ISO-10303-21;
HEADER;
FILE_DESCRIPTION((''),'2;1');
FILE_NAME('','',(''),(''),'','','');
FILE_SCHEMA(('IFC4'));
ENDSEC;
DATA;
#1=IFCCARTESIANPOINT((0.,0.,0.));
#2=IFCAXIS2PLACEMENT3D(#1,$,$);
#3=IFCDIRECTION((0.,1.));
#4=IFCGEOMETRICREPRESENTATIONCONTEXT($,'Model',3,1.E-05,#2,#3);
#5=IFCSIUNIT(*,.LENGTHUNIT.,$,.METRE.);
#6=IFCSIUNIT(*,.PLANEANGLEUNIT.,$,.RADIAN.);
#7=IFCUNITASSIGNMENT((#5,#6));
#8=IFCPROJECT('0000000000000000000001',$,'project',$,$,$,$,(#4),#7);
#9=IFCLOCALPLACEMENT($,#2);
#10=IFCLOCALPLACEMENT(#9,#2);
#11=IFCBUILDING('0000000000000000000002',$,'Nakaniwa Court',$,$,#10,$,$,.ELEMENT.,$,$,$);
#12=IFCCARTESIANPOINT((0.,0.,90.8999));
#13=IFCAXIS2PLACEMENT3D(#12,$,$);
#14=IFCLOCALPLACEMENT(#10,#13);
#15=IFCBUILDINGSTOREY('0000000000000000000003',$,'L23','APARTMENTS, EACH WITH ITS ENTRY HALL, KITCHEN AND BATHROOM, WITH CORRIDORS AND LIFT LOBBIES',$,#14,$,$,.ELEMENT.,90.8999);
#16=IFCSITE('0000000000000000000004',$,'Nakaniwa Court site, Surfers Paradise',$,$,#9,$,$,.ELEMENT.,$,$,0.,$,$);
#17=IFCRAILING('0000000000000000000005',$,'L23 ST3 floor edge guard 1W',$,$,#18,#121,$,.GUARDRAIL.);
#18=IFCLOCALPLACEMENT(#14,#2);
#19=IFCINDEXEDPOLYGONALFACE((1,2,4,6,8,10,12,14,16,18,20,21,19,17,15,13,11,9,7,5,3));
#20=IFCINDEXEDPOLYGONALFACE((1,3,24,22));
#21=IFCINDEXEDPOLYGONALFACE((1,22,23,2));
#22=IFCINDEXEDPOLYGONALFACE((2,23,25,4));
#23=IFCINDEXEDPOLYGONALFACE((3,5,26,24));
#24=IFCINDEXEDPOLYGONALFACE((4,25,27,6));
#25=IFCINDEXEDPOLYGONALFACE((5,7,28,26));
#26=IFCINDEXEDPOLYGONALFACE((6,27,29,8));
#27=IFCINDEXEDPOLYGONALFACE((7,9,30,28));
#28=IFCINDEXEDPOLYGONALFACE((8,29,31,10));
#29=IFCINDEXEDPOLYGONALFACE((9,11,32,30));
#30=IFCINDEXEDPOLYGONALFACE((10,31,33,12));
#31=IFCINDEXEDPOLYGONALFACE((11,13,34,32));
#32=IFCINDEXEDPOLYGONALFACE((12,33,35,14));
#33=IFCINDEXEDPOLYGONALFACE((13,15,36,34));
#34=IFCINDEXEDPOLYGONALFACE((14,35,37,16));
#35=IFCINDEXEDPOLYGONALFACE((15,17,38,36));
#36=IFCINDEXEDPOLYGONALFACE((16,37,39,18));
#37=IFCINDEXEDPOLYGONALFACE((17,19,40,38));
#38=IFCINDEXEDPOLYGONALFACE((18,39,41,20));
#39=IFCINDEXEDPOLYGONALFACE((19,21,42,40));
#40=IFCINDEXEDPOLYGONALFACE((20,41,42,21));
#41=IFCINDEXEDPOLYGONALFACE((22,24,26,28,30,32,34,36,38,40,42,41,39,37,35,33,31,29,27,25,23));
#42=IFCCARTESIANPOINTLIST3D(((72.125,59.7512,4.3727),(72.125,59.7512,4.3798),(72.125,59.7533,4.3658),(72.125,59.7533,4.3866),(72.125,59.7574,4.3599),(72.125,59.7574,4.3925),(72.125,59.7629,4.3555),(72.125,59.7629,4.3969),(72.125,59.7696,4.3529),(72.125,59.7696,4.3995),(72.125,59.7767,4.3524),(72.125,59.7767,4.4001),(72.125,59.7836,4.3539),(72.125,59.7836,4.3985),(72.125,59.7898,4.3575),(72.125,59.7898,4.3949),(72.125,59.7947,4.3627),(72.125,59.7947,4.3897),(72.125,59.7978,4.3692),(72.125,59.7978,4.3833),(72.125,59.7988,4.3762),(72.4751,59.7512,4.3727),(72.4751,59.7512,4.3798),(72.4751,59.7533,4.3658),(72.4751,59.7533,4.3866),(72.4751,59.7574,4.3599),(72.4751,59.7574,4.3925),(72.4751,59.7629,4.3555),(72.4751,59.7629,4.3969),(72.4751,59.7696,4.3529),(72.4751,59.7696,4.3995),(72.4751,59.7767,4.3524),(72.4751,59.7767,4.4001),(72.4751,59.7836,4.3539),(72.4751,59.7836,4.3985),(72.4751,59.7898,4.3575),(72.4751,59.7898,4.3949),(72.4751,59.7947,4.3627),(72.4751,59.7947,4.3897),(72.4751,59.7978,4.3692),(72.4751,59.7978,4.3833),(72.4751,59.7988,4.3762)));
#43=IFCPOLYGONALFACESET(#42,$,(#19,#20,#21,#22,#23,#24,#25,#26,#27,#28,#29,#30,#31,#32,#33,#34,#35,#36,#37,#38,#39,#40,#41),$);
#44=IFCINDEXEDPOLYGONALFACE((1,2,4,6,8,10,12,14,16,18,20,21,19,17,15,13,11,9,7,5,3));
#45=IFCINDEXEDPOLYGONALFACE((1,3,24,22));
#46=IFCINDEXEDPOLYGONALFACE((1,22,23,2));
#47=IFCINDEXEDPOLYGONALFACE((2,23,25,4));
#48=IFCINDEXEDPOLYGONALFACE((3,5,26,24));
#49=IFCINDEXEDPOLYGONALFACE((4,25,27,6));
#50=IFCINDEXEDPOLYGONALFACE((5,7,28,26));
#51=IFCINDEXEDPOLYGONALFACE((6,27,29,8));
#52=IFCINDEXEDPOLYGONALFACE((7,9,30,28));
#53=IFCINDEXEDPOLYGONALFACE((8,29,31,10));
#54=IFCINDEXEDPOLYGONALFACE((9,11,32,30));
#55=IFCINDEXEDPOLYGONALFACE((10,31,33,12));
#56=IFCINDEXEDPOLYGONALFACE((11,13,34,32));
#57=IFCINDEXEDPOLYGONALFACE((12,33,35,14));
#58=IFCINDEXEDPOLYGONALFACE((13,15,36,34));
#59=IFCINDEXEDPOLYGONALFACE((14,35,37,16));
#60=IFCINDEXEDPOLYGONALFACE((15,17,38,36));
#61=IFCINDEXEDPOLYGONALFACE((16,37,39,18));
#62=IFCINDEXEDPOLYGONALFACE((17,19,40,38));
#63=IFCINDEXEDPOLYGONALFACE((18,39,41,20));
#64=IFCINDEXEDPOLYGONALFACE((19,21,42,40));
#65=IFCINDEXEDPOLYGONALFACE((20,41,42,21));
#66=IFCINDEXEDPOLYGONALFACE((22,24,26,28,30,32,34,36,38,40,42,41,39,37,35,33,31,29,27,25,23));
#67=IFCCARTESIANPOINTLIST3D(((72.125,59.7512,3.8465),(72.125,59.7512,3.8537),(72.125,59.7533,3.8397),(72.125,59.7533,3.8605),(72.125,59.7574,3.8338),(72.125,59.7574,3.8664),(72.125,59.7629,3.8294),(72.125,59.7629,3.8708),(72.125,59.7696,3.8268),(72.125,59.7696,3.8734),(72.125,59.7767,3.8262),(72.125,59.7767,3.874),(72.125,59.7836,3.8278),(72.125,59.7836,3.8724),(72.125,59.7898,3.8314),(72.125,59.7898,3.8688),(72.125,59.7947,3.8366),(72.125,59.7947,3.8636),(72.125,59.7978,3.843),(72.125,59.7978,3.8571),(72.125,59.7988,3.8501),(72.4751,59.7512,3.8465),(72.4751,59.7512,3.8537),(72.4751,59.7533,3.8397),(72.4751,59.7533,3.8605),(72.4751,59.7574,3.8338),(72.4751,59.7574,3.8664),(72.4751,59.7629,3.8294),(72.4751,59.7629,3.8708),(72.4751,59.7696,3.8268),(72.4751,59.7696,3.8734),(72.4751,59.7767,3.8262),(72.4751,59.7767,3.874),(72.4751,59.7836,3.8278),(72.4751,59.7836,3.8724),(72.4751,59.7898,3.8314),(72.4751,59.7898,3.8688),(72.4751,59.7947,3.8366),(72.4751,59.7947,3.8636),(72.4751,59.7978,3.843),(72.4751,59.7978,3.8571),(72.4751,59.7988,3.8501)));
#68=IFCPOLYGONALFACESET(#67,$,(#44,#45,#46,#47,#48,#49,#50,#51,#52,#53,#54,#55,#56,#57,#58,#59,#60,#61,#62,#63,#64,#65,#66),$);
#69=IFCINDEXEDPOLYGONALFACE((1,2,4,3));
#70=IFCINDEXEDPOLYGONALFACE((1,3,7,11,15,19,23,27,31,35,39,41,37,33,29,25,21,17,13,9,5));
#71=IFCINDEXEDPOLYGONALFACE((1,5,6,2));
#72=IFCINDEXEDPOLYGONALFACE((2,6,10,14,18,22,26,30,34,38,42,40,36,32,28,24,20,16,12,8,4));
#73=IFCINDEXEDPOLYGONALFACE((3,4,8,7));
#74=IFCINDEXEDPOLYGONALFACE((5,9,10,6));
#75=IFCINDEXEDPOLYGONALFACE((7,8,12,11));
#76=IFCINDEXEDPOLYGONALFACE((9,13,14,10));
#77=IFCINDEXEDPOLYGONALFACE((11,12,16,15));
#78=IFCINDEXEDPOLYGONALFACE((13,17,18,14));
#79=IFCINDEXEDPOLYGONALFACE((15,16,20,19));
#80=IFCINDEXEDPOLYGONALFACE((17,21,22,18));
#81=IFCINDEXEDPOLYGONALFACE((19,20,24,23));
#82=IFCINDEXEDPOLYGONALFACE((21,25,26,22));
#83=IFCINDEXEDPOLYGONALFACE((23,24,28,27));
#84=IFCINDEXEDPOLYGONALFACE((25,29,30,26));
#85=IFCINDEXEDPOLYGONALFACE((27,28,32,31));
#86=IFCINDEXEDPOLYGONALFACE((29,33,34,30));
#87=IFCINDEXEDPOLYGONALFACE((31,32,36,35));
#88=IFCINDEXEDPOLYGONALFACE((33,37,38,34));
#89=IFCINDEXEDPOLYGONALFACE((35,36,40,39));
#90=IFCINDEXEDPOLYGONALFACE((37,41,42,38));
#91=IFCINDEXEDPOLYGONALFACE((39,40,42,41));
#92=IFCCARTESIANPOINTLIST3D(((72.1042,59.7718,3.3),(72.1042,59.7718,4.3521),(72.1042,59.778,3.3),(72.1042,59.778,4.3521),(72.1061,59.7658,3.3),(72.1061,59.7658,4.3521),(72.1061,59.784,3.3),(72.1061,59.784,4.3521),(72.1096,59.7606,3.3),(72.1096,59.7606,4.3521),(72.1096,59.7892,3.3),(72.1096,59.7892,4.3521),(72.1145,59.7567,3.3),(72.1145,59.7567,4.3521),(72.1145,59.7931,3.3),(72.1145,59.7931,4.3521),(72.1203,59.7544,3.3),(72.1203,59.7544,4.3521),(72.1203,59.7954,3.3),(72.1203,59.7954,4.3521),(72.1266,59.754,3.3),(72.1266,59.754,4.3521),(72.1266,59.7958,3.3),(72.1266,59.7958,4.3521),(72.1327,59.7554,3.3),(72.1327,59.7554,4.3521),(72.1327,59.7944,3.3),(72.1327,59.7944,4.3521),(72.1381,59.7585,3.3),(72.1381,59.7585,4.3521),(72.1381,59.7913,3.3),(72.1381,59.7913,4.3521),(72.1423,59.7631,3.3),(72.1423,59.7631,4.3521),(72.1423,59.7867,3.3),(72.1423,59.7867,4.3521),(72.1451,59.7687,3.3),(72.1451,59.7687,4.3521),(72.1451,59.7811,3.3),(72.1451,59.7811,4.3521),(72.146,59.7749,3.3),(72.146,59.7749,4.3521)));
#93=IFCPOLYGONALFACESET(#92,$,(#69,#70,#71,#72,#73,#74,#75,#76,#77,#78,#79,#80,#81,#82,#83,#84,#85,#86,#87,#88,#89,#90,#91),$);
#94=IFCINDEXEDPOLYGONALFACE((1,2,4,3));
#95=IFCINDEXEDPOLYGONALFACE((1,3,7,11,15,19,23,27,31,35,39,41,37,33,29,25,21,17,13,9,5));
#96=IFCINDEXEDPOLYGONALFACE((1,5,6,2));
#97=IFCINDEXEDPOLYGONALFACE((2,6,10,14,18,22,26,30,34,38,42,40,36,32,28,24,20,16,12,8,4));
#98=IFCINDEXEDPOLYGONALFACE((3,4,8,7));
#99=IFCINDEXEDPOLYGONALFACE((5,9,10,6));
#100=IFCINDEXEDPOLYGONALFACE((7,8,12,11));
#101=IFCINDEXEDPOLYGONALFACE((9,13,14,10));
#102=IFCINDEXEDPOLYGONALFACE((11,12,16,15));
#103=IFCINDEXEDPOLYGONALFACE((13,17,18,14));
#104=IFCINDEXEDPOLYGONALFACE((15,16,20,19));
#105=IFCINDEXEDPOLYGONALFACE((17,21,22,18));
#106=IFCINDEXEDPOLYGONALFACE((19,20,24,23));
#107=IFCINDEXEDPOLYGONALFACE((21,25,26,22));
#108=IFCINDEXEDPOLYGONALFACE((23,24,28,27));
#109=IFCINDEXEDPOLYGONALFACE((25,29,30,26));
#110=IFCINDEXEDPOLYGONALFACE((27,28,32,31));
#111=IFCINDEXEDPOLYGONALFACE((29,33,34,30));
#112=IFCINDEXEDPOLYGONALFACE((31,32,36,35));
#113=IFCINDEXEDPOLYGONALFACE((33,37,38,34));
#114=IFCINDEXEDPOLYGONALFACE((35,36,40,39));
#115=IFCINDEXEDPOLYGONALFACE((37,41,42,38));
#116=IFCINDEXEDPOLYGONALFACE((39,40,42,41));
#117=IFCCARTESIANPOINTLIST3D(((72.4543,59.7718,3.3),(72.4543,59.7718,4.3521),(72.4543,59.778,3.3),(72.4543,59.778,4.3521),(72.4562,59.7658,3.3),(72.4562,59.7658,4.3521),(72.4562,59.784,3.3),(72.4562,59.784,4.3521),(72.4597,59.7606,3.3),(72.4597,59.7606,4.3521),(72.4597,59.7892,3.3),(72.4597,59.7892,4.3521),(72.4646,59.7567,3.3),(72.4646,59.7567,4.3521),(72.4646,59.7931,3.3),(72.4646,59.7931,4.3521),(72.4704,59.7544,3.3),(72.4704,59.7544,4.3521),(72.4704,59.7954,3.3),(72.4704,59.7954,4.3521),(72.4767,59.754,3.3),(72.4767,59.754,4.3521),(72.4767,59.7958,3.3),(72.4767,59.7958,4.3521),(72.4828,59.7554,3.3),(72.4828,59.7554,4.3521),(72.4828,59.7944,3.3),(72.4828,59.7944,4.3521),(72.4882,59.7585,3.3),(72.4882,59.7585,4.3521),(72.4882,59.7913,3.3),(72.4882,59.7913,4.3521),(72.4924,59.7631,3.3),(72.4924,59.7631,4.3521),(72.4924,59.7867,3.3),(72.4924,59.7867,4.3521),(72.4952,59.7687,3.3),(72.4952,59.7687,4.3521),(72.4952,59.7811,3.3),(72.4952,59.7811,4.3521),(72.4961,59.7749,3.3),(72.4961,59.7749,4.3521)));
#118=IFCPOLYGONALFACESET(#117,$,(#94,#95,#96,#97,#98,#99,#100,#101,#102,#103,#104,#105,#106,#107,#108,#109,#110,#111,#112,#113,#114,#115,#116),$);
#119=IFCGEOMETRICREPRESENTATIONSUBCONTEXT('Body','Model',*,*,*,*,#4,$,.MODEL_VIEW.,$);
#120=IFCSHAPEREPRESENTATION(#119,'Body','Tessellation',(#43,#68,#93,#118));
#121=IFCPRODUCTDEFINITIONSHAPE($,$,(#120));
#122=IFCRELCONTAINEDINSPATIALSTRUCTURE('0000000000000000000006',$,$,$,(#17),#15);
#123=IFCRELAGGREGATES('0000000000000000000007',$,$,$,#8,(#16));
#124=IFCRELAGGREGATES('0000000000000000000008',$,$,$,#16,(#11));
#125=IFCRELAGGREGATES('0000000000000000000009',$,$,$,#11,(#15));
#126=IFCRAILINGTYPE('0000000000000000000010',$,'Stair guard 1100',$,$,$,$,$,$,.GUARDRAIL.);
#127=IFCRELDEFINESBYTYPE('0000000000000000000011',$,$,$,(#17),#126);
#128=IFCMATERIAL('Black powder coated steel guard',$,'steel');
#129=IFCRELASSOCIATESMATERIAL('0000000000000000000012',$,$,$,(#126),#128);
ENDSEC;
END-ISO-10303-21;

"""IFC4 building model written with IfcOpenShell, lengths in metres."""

from ifc_helpers import new_model, si_unit, direction, frame, origin, origin_2d, place, context, subcontext, project, spatial, circle, extrude, material, type_object, element, save


model = new_model("IFC4")

# Units and contexts
model_context = context("Model", 3, precision=1e-05, world=origin(), true_north=direction((0.0, 1.0)))
body_context = subcontext(model_context, "Body", "Model", "MODEL_VIEW")
ifc_project = project(units=[si_unit("LENGTHUNIT", "METRE"), si_unit("PLANEANGLEUNIT", "RADIAN")], contexts=[model_context])

# Site, building, storey
site_placement = place(None, origin())
site = spatial("IfcSite", under=ifc_project, at=site_placement, Name="Nakaniwa Court site, Surfers Paradise", CompositionType="ELEMENT", RefElevation=0.0)
building_placement = place(site_placement, origin())
building = spatial("IfcBuilding", under=site, at=building_placement, Name="Nakaniwa Court", CompositionType="ELEMENT")
storey_placement = place(building_placement, frame((0.0, 0.0, 90.8999)))
storey = spatial("IfcBuildingStorey", under=building, at=storey_placement, Name="L23", Description="APARTMENTS, EACH WITH ITS ENTRY HALL, KITCHEN AND BATHROOM, WITH CORRIDORS AND LIFT LOBBIES", CompositionType="ELEMENT", Elevation=90.8999)

# Railing
ifc_material_1 = material(Name="Black powder coated steel guard", Category="steel")
railing_type_1 = type_object("IfcRailingType", Name="Stair guard 1100", PredefinedType="GUARDRAIL", material=ifc_material_1)
for number, where, name in (
    (1, (72.125, 59.7749, 3.3), "L23 ST3 floor edge guard 1W"),
):
    element("IfcRailing", number, at=place(storey_placement, frame(where)), inside=storey, type_object=railing_type_1, Name=name, PredefinedType="GUARDRAIL", context=body_context, shape_type="SweptSolid", body=[
        extrude(circle(Radius=0.0239, at=origin_2d()), frame((0.0, 0.0, 1.0762), z_axis=(1.0, 0.0, 0.0), x_axis=(0.0, 1.0, 0.0)), (0.0, 0.0, 1.0), 0.3501),
        extrude(circle(Radius=0.0239, at=origin_2d()), frame((0.0, 0.0, 0.55), z_axis=(1.0, 0.0, 0.0), x_axis=(0.0, 1.0, 0.0)), (0.0, 0.0, 1.0), 0.3501),
        extrude(circle(Radius=0.021, at=origin_2d()), origin(), (0.0, 0.0, 1.0), 1.052),
        extrude(circle(Radius=0.021, at=origin_2d()), frame((0.3501, 0.0, 0.0)), (0.0, 0.0, 1.0), 1.052),
    ])

save(model, "model.ifc")
